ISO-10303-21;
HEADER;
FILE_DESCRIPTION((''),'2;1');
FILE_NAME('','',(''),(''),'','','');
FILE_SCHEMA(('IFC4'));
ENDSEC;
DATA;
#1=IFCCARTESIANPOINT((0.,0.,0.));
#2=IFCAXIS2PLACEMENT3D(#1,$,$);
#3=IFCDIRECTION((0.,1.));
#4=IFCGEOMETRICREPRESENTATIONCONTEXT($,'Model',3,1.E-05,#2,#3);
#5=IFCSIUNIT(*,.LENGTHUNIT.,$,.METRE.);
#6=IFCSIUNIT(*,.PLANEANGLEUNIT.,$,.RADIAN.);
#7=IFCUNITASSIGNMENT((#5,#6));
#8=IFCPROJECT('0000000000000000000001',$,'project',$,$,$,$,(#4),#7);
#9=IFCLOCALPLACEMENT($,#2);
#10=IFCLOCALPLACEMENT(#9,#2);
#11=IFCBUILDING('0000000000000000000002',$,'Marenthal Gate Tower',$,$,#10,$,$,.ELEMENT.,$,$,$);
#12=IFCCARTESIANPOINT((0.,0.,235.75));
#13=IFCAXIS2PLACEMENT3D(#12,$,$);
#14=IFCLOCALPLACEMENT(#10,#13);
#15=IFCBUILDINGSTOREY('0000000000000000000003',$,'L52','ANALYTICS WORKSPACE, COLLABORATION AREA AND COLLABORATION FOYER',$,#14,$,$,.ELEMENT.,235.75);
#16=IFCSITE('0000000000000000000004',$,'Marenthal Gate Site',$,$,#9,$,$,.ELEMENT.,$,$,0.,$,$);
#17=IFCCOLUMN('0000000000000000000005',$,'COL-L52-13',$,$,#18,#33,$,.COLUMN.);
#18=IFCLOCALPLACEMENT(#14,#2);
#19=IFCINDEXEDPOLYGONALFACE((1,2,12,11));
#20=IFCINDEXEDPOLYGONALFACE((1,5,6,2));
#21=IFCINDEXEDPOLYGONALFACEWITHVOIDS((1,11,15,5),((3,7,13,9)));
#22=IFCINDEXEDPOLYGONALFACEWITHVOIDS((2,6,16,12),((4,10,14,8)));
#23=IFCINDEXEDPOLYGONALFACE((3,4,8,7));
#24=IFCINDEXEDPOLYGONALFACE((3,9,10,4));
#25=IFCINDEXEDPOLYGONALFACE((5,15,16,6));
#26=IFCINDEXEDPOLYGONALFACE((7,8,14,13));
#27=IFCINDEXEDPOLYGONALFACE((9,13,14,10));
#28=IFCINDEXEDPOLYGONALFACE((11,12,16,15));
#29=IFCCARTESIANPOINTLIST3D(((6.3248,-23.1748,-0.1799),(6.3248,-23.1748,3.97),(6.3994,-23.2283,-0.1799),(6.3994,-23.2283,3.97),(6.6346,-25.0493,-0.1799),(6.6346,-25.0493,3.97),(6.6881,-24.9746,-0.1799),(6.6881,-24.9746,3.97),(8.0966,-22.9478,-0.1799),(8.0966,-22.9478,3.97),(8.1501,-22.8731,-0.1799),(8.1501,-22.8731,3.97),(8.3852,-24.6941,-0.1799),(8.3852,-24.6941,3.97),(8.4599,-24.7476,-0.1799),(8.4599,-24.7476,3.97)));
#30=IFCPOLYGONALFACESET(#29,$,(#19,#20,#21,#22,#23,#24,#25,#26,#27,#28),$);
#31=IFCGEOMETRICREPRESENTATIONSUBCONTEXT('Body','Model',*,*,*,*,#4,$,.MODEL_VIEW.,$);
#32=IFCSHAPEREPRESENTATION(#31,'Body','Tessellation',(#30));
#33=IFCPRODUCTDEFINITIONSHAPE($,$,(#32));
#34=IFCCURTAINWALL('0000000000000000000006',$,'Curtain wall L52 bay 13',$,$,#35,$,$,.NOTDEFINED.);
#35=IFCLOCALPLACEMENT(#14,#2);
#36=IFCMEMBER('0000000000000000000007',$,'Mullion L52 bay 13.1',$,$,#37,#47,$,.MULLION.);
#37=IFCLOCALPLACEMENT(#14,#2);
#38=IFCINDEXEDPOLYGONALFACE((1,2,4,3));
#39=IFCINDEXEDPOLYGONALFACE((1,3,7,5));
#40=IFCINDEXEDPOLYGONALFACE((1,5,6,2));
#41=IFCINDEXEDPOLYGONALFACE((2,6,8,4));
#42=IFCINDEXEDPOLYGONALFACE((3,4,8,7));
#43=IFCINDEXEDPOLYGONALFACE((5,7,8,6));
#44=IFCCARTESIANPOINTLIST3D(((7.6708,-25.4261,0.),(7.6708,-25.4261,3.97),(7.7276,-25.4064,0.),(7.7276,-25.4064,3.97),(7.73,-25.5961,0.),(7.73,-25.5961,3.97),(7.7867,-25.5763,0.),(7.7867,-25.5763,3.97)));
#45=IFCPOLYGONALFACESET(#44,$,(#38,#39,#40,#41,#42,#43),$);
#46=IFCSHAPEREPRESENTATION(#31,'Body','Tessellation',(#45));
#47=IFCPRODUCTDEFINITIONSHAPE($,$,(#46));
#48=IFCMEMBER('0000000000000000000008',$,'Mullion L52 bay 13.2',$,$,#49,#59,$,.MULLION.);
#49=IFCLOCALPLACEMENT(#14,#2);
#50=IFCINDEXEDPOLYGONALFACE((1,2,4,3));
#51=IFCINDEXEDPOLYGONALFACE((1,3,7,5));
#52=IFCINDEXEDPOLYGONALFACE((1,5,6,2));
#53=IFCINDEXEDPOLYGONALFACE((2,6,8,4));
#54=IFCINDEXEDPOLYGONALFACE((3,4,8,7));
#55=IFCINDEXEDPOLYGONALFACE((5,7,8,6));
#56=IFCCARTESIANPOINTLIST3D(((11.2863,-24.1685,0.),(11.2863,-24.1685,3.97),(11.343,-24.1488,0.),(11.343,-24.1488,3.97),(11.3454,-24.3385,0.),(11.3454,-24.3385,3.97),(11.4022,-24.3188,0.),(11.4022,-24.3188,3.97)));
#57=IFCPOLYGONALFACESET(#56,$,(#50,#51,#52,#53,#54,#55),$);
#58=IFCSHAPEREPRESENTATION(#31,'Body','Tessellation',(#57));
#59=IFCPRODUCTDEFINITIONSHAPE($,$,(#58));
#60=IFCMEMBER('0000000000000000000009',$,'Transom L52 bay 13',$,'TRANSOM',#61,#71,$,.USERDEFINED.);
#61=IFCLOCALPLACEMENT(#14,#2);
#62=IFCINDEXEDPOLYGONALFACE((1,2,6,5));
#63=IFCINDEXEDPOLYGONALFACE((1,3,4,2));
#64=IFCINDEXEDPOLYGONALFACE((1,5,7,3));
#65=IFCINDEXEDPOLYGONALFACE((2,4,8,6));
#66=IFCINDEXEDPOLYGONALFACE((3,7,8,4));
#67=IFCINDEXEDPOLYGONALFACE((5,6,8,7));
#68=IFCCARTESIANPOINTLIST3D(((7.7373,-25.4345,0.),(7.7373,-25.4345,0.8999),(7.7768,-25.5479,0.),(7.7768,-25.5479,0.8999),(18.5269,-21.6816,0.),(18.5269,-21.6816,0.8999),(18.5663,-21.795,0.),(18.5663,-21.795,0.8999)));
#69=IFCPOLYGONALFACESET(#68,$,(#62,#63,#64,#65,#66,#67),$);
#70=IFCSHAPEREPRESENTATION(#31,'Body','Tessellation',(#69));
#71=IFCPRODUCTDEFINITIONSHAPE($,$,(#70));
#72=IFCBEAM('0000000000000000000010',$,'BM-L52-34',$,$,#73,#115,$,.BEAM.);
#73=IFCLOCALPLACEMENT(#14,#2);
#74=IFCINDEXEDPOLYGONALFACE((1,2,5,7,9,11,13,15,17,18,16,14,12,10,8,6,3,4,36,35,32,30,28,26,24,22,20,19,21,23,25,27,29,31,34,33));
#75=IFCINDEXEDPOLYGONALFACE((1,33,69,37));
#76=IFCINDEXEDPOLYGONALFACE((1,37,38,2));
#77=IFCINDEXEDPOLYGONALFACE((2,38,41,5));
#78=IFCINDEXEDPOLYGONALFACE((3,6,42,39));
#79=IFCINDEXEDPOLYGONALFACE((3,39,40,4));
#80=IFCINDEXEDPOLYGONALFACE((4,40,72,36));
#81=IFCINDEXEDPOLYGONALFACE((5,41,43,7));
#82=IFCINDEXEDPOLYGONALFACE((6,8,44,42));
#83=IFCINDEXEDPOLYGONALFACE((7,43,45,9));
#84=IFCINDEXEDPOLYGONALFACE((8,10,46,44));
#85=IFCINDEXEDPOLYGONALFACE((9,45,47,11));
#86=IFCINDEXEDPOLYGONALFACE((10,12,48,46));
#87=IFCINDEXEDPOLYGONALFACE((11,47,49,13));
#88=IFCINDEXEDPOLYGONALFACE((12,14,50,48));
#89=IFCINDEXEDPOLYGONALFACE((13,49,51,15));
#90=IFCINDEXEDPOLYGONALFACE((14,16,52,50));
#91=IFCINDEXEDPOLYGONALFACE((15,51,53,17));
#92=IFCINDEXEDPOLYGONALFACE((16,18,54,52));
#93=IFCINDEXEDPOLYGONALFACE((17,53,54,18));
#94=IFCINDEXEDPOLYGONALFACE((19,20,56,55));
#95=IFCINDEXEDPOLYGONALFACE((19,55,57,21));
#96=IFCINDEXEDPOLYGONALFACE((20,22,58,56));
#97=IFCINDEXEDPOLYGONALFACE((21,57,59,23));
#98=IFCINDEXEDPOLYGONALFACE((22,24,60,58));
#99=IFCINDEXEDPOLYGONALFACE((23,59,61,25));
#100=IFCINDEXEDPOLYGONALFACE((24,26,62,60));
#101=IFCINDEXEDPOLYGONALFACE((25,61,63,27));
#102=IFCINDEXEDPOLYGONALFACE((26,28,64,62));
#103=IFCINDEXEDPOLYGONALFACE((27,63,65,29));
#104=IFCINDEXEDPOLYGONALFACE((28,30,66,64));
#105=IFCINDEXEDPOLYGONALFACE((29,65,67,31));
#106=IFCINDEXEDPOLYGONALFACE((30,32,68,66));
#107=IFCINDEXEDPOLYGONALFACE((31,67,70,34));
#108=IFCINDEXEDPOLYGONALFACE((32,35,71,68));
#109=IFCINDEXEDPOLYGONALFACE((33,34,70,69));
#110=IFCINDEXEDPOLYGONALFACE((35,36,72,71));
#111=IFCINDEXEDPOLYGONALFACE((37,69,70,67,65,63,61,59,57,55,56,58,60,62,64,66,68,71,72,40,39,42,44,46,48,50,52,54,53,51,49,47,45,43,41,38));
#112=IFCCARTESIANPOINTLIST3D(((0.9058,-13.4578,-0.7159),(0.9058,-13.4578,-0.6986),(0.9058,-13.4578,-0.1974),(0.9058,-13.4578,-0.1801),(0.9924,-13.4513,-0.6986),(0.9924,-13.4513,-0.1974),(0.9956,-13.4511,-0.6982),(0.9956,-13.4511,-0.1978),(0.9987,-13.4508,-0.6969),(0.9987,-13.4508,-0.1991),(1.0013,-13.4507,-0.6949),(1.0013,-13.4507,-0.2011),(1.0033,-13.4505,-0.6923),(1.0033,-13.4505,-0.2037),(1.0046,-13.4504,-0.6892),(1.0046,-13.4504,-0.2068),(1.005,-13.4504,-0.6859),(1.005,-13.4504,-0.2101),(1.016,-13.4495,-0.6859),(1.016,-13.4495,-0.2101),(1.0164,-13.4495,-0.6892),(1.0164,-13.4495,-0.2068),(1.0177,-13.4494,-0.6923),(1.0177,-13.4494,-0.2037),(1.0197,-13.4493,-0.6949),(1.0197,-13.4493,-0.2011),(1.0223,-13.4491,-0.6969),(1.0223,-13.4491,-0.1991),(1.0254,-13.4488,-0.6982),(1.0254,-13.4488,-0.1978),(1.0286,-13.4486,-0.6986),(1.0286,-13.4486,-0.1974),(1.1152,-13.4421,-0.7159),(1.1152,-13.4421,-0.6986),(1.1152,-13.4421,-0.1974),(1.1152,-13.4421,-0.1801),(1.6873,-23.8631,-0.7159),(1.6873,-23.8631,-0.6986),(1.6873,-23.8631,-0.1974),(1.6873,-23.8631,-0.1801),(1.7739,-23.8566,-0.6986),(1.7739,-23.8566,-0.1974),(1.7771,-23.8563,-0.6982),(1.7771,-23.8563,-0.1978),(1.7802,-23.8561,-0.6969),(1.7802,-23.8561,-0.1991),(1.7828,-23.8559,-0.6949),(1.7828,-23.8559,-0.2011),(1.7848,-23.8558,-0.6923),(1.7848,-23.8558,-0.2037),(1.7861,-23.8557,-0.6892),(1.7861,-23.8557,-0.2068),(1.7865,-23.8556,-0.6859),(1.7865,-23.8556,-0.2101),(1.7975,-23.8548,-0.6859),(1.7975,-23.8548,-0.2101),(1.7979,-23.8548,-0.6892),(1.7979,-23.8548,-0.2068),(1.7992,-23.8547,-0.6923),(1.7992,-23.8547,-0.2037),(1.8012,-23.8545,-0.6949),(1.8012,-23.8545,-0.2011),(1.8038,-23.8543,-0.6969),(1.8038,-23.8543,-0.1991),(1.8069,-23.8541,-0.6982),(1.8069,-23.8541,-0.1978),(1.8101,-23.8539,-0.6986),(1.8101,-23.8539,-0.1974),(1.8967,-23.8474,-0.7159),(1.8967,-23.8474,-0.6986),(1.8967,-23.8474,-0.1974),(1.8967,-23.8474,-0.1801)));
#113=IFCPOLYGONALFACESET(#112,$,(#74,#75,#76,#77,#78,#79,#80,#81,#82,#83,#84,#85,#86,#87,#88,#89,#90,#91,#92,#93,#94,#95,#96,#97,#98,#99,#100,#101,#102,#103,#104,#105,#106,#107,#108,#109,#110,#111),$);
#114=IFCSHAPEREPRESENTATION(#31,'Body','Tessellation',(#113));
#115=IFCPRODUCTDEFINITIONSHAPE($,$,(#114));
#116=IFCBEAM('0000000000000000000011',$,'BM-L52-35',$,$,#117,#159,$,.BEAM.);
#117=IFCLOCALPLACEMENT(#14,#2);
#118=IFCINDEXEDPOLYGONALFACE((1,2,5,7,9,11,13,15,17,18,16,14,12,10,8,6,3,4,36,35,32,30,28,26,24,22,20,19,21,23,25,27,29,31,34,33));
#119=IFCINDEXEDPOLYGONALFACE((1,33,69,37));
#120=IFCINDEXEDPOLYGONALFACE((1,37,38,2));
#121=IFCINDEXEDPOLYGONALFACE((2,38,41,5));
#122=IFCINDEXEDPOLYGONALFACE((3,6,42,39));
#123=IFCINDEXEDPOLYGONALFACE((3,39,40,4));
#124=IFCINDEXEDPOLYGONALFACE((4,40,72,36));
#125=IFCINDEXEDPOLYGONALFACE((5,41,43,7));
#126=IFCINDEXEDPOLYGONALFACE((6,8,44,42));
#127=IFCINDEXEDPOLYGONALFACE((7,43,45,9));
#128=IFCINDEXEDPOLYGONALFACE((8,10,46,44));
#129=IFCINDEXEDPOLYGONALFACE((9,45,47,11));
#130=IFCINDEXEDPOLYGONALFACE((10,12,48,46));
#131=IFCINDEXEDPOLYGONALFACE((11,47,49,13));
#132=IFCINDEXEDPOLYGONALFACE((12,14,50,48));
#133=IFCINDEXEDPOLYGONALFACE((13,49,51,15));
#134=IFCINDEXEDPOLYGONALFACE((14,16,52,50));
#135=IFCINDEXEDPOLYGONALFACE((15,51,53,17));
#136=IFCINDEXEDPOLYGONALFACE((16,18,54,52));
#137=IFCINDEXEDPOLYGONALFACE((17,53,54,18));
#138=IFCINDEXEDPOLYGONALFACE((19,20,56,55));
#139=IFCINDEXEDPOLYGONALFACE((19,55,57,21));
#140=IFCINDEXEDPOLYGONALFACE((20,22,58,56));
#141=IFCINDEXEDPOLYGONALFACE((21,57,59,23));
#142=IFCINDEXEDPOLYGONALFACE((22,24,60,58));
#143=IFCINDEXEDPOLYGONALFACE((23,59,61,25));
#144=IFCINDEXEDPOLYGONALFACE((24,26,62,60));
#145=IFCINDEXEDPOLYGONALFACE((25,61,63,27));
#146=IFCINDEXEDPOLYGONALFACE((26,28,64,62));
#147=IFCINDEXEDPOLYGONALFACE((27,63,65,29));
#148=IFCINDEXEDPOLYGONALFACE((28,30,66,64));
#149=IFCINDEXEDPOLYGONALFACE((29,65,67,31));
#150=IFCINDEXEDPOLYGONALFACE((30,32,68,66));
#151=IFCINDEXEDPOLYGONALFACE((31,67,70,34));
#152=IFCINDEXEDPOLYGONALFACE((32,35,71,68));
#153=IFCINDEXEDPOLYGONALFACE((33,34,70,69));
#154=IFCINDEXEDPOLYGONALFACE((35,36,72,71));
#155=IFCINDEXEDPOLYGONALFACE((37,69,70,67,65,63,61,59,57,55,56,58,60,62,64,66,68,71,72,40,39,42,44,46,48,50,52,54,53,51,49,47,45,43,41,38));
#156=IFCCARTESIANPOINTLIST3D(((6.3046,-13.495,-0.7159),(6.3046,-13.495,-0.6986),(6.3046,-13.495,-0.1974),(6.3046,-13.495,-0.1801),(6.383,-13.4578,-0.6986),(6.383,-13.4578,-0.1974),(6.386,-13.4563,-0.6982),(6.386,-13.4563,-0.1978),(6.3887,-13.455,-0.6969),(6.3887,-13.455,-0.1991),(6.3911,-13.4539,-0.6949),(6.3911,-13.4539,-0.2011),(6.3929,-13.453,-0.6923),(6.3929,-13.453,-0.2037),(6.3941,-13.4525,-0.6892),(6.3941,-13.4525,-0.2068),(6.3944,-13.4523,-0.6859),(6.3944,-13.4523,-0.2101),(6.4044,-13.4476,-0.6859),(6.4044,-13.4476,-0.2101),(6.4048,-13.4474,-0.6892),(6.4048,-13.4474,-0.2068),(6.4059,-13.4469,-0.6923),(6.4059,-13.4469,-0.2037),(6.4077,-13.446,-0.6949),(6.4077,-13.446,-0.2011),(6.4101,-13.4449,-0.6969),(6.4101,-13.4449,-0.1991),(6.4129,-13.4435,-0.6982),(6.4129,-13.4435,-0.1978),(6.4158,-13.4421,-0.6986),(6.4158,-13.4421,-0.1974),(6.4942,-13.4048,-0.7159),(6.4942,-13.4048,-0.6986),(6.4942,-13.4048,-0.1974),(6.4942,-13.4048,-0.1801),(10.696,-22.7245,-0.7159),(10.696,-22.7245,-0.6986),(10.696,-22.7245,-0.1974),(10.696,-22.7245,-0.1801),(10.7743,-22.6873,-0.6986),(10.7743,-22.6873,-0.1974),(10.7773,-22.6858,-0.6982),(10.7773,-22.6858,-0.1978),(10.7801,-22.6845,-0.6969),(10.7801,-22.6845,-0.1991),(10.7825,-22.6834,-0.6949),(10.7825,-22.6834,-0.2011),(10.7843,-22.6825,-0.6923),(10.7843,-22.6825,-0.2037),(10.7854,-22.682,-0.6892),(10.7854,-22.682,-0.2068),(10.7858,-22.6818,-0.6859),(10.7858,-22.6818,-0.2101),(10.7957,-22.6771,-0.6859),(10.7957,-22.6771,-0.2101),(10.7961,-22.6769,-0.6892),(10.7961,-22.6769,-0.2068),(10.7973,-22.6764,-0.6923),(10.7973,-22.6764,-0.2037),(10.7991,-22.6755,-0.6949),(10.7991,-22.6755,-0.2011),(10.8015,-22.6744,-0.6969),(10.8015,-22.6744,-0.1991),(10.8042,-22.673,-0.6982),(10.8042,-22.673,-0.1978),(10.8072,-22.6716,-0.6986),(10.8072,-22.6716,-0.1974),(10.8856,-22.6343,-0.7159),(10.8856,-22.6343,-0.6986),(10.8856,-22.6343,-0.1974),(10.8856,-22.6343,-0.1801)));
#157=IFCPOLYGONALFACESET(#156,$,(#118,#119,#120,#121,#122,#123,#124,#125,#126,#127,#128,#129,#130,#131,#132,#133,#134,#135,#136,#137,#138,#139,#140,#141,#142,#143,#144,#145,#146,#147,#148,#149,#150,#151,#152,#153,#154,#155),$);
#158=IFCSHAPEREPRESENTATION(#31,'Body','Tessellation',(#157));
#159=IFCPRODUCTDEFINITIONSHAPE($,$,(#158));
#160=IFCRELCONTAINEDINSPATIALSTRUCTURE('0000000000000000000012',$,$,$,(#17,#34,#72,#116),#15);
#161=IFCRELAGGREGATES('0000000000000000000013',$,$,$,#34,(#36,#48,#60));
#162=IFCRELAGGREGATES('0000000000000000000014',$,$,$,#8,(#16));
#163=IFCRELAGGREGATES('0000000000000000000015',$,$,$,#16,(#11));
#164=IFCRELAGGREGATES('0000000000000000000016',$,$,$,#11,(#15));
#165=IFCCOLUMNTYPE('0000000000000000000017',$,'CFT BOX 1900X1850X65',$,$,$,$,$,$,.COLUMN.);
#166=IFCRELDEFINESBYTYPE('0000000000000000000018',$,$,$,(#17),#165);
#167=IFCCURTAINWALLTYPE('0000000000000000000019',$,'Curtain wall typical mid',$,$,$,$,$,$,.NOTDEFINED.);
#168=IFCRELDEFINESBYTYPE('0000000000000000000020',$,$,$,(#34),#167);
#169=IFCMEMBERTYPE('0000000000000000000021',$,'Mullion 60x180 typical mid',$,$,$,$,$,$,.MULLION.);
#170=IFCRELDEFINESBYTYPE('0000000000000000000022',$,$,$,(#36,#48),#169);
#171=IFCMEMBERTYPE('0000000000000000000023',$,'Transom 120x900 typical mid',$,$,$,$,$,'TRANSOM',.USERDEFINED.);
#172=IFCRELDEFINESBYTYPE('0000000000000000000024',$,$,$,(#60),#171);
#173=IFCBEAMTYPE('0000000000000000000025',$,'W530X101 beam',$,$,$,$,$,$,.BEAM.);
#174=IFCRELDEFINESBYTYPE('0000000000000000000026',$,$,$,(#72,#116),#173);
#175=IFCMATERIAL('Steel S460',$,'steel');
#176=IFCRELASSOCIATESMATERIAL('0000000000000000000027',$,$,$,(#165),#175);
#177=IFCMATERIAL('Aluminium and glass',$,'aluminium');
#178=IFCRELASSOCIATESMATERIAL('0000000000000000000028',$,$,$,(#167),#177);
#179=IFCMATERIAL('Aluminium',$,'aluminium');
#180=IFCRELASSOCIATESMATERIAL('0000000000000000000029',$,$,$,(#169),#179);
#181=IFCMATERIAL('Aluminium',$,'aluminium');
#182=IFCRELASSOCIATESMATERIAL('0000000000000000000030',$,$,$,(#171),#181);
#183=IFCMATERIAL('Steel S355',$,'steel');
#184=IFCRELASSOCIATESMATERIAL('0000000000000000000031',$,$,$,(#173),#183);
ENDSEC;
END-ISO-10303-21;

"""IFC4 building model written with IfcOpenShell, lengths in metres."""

from ifc_helpers import new_model, si_unit, direction, frame, origin, origin_2d, place, context, subcontext, project, spatial, rectangle, hollow_rectangle, i_section, extrude, material, material_profile, profile_set, type_object, element, aggregate, save


model = new_model("IFC4")

# Units and contexts
model_context = context("Model", 3, precision=1e-05, world=origin(), true_north=direction((0.0, 1.0)))
body_context = subcontext(model_context, "Body", "Model", "MODEL_VIEW")
ifc_project = project(units=[si_unit("LENGTHUNIT", "METRE"), si_unit("PLANEANGLEUNIT", "RADIAN")], contexts=[model_context])

# Site, building, storey
site_placement = place(None, origin())
site = spatial("IfcSite", under=ifc_project, at=site_placement, Name="Marenthal Gate Site", CompositionType="ELEMENT", RefElevation=0.0)
building_placement = place(site_placement, origin())
building = spatial("IfcBuilding", under=site, at=building_placement, Name="Marenthal Gate Tower", CompositionType="ELEMENT")
storey_placement = place(building_placement, frame((0.0, 0.0, 235.75)))
storey = spatial("IfcBuildingStorey", under=building, at=storey_placement, Name="L52", Description="ANALYTICS WORKSPACE, COLLABORATION AREA AND COLLABORATION FOYER", CompositionType="ELEMENT", Elevation=235.75)

# Column
ifc_material_1 = material(Name="Steel S460", Category="steel")
ifc_material_profile_1 = material_profile(ifc_material_1, hollow_rectangle(XDim=1.8501, YDim=1.8999, WallThickness=0.0649, at=origin_2d()), Name="CFT BOX 1900X1850X65")
ifc_material_2 = material(Name="Concrete 70 MPa", Category="concrete")
ifc_material_profile_2 = material_profile(ifc_material_2, rectangle(XDim=1.72, YDim=1.77, at=origin_2d()), Name="CFT BOX 1900X1850X65 INFILL")
ifc_profile_set_1 = profile_set([ifc_material_profile_1, ifc_material_profile_2], Name="Steel S460 shell, Concrete 70 MPa infill")
column_type = type_object("IfcColumnType", Name="CFT BOX 1900X1850X65", PredefinedType="COLUMN", material=ifc_profile_set_1)
column_placement = place(storey_placement, frame((7.3923, -23.9612, -0.1799), z_axis=(0.0, 0.0, 1.0), x_axis=(-0.986614, -0.163073, 0.0)))
element("IfcColumn", 1, at=column_placement, inside=storey, type_object=column_type, Name="COL-L52-13", PredefinedType="COLUMN", context=body_context, shape_type="SweptSolid", body=[
    extrude(hollow_rectangle(XDim=1.8501, YDim=1.8999, WallThickness=0.0649, at=origin_2d()), origin(), (0.0, 0.0, 1.0), 4.1499),
])

# Curtain wall, members
ifc_material_3 = material(Name="Aluminium and glass", Category="aluminium")
curtain_wall_type = type_object("IfcCurtainWallType", Name="Curtain wall typical mid", PredefinedType="NOTDEFINED", material=ifc_material_3)
curtain_wall_placement = place(storey_placement, origin())
curtain_wall = element("IfcCurtainWall", 2, at=curtain_wall_placement, inside=storey, type_object=curtain_wall_type, Name="Curtain wall L52 bay 13", PredefinedType="NOTDEFINED")
ifc_material_4 = material(Name="Aluminium", Category="aluminium")
ifc_material_profile_3 = material_profile(ifc_material_4, rectangle(XDim=0.1799, YDim=0.0601, at=origin_2d()), Name="60x180 aluminium mullion")
ifc_profile_set_2 = profile_set([ifc_material_profile_3], Name="Aluminium")
member_type_1 = type_object("IfcMemberType", Name="Mullion 60x180 typical mid", PredefinedType="MULLION", material=ifc_profile_set_2)
member_1_placement = place(storey_placement, frame((7.7288, -25.5012, 0.0), z_axis=(0.0, 0.0, 1.0), x_axis=(-0.32854, 0.94449, 0.0)))
member_1 = element("IfcMember", 3, at=member_1_placement, type_object=member_type_1, Name="Mullion L52 bay 13.1", PredefinedType="MULLION", context=body_context, shape_type="SweptSolid", body=[
    extrude(rectangle(XDim=0.1799, YDim=0.0601, at=origin_2d()), origin(), (0.0, 0.0, 1.0), 3.97),
])
member_2_placement = place(storey_placement, frame((11.3442, -24.2437, 0.0), z_axis=(0.0, 0.0, 1.0), x_axis=(-0.32854, 0.94449, 0.0)))
member_2 = element("IfcMember", 4, at=member_2_placement, type_object=member_type_1, Name="Mullion L52 bay 13.2", PredefinedType="MULLION", context=body_context, shape_type="SweptSolid", body=[
    extrude(rectangle(XDim=0.1799, YDim=0.0601, at=origin_2d()), origin(), (0.0, 0.0, 1.0), 3.97),
])
ifc_material_5 = material(Name="Aluminium", Category="aluminium")
ifc_material_profile_4 = material_profile(ifc_material_5, rectangle(XDim=0.1201, YDim=0.8999, at=origin_2d()), Name="120x900 aluminium transom")
ifc_profile_set_3 = profile_set([ifc_material_profile_4], Name="Aluminium")
member_type_2 = type_object("IfcMemberType", Name="Transom 120x900 typical mid", ElementType="TRANSOM", PredefinedType="USERDEFINED", material=ifc_profile_set_3)
member_3_placement = place(storey_placement, frame((7.7571, -25.4912, 0.45), z_axis=(0.944496, 0.328524, 0.0), x_axis=(-0.328524, 0.944496, 0.0)))
member_3 = element("IfcMember", 5, at=member_3_placement, type_object=member_type_2, Name="Transom L52 bay 13", ObjectType="TRANSOM", PredefinedType="USERDEFINED", context=body_context, shape_type="SweptSolid", body=[
    extrude(rectangle(XDim=0.1201, YDim=0.8999, at=origin_2d()), origin(), (0.0, 0.0, 1.0), 11.4236),
])

# Beams
ifc_material_6 = material(Name="Steel S355", Category="steel")
ifc_material_profile_5 = material_profile(ifc_material_6, i_section(OverallWidth=0.21, OverallDepth=0.5359, WebThickness=0.011, FlangeThickness=0.0173, FilletRadius=0.0127, at=origin_2d()), Name="W530X101")
ifc_profile_set_4 = profile_set([ifc_material_profile_5], Name="Steel S355")
beam_type_1 = type_object("IfcBeamType", Name="W530X101 beam", PredefinedType="BEAM", material=ifc_profile_set_4)
beam_1_placement = place(storey_placement, frame((1.792, -23.8552, -0.448), z_axis=(-0.074895, 0.997191, 0.0), x_axis=(-0.997191, -0.074895, 0.0)))
element("IfcBeam", 6, at=beam_1_placement, inside=storey, type_object=beam_type_1, Name="BM-L52-34", PredefinedType="BEAM", context=body_context, shape_type="SweptSolid", body=[
    extrude(i_section(OverallWidth=0.21, OverallDepth=0.5359, WebThickness=0.011, FlangeThickness=0.0173, FilletRadius=0.0127, at=origin_2d()), origin(), (0.0, 0.0, 1.0), 10.4346),
])
beam_2_placement = place(storey_placement, frame((10.7908, -22.6794, -0.448), z_axis=(-0.429643, 0.902999, 0.0), x_axis=(-0.902999, -0.429643, 0.0)))
element("IfcBeam", 7, at=beam_2_placement, inside=storey, type_object=beam_type_1, Name="BM-L52-35", PredefinedType="BEAM", context=body_context, shape_type="SweptSolid", body=[
    extrude(i_section(OverallWidth=0.21, OverallDepth=0.5359, WebThickness=0.011, FlangeThickness=0.0173, FilletRadius=0.0127, at=origin_2d()), origin(), (0.0, 0.0, 1.0), 10.2209),
])

aggregate(curtain_wall, [member_1, member_2, member_3])

save(model, "model.ifc")
